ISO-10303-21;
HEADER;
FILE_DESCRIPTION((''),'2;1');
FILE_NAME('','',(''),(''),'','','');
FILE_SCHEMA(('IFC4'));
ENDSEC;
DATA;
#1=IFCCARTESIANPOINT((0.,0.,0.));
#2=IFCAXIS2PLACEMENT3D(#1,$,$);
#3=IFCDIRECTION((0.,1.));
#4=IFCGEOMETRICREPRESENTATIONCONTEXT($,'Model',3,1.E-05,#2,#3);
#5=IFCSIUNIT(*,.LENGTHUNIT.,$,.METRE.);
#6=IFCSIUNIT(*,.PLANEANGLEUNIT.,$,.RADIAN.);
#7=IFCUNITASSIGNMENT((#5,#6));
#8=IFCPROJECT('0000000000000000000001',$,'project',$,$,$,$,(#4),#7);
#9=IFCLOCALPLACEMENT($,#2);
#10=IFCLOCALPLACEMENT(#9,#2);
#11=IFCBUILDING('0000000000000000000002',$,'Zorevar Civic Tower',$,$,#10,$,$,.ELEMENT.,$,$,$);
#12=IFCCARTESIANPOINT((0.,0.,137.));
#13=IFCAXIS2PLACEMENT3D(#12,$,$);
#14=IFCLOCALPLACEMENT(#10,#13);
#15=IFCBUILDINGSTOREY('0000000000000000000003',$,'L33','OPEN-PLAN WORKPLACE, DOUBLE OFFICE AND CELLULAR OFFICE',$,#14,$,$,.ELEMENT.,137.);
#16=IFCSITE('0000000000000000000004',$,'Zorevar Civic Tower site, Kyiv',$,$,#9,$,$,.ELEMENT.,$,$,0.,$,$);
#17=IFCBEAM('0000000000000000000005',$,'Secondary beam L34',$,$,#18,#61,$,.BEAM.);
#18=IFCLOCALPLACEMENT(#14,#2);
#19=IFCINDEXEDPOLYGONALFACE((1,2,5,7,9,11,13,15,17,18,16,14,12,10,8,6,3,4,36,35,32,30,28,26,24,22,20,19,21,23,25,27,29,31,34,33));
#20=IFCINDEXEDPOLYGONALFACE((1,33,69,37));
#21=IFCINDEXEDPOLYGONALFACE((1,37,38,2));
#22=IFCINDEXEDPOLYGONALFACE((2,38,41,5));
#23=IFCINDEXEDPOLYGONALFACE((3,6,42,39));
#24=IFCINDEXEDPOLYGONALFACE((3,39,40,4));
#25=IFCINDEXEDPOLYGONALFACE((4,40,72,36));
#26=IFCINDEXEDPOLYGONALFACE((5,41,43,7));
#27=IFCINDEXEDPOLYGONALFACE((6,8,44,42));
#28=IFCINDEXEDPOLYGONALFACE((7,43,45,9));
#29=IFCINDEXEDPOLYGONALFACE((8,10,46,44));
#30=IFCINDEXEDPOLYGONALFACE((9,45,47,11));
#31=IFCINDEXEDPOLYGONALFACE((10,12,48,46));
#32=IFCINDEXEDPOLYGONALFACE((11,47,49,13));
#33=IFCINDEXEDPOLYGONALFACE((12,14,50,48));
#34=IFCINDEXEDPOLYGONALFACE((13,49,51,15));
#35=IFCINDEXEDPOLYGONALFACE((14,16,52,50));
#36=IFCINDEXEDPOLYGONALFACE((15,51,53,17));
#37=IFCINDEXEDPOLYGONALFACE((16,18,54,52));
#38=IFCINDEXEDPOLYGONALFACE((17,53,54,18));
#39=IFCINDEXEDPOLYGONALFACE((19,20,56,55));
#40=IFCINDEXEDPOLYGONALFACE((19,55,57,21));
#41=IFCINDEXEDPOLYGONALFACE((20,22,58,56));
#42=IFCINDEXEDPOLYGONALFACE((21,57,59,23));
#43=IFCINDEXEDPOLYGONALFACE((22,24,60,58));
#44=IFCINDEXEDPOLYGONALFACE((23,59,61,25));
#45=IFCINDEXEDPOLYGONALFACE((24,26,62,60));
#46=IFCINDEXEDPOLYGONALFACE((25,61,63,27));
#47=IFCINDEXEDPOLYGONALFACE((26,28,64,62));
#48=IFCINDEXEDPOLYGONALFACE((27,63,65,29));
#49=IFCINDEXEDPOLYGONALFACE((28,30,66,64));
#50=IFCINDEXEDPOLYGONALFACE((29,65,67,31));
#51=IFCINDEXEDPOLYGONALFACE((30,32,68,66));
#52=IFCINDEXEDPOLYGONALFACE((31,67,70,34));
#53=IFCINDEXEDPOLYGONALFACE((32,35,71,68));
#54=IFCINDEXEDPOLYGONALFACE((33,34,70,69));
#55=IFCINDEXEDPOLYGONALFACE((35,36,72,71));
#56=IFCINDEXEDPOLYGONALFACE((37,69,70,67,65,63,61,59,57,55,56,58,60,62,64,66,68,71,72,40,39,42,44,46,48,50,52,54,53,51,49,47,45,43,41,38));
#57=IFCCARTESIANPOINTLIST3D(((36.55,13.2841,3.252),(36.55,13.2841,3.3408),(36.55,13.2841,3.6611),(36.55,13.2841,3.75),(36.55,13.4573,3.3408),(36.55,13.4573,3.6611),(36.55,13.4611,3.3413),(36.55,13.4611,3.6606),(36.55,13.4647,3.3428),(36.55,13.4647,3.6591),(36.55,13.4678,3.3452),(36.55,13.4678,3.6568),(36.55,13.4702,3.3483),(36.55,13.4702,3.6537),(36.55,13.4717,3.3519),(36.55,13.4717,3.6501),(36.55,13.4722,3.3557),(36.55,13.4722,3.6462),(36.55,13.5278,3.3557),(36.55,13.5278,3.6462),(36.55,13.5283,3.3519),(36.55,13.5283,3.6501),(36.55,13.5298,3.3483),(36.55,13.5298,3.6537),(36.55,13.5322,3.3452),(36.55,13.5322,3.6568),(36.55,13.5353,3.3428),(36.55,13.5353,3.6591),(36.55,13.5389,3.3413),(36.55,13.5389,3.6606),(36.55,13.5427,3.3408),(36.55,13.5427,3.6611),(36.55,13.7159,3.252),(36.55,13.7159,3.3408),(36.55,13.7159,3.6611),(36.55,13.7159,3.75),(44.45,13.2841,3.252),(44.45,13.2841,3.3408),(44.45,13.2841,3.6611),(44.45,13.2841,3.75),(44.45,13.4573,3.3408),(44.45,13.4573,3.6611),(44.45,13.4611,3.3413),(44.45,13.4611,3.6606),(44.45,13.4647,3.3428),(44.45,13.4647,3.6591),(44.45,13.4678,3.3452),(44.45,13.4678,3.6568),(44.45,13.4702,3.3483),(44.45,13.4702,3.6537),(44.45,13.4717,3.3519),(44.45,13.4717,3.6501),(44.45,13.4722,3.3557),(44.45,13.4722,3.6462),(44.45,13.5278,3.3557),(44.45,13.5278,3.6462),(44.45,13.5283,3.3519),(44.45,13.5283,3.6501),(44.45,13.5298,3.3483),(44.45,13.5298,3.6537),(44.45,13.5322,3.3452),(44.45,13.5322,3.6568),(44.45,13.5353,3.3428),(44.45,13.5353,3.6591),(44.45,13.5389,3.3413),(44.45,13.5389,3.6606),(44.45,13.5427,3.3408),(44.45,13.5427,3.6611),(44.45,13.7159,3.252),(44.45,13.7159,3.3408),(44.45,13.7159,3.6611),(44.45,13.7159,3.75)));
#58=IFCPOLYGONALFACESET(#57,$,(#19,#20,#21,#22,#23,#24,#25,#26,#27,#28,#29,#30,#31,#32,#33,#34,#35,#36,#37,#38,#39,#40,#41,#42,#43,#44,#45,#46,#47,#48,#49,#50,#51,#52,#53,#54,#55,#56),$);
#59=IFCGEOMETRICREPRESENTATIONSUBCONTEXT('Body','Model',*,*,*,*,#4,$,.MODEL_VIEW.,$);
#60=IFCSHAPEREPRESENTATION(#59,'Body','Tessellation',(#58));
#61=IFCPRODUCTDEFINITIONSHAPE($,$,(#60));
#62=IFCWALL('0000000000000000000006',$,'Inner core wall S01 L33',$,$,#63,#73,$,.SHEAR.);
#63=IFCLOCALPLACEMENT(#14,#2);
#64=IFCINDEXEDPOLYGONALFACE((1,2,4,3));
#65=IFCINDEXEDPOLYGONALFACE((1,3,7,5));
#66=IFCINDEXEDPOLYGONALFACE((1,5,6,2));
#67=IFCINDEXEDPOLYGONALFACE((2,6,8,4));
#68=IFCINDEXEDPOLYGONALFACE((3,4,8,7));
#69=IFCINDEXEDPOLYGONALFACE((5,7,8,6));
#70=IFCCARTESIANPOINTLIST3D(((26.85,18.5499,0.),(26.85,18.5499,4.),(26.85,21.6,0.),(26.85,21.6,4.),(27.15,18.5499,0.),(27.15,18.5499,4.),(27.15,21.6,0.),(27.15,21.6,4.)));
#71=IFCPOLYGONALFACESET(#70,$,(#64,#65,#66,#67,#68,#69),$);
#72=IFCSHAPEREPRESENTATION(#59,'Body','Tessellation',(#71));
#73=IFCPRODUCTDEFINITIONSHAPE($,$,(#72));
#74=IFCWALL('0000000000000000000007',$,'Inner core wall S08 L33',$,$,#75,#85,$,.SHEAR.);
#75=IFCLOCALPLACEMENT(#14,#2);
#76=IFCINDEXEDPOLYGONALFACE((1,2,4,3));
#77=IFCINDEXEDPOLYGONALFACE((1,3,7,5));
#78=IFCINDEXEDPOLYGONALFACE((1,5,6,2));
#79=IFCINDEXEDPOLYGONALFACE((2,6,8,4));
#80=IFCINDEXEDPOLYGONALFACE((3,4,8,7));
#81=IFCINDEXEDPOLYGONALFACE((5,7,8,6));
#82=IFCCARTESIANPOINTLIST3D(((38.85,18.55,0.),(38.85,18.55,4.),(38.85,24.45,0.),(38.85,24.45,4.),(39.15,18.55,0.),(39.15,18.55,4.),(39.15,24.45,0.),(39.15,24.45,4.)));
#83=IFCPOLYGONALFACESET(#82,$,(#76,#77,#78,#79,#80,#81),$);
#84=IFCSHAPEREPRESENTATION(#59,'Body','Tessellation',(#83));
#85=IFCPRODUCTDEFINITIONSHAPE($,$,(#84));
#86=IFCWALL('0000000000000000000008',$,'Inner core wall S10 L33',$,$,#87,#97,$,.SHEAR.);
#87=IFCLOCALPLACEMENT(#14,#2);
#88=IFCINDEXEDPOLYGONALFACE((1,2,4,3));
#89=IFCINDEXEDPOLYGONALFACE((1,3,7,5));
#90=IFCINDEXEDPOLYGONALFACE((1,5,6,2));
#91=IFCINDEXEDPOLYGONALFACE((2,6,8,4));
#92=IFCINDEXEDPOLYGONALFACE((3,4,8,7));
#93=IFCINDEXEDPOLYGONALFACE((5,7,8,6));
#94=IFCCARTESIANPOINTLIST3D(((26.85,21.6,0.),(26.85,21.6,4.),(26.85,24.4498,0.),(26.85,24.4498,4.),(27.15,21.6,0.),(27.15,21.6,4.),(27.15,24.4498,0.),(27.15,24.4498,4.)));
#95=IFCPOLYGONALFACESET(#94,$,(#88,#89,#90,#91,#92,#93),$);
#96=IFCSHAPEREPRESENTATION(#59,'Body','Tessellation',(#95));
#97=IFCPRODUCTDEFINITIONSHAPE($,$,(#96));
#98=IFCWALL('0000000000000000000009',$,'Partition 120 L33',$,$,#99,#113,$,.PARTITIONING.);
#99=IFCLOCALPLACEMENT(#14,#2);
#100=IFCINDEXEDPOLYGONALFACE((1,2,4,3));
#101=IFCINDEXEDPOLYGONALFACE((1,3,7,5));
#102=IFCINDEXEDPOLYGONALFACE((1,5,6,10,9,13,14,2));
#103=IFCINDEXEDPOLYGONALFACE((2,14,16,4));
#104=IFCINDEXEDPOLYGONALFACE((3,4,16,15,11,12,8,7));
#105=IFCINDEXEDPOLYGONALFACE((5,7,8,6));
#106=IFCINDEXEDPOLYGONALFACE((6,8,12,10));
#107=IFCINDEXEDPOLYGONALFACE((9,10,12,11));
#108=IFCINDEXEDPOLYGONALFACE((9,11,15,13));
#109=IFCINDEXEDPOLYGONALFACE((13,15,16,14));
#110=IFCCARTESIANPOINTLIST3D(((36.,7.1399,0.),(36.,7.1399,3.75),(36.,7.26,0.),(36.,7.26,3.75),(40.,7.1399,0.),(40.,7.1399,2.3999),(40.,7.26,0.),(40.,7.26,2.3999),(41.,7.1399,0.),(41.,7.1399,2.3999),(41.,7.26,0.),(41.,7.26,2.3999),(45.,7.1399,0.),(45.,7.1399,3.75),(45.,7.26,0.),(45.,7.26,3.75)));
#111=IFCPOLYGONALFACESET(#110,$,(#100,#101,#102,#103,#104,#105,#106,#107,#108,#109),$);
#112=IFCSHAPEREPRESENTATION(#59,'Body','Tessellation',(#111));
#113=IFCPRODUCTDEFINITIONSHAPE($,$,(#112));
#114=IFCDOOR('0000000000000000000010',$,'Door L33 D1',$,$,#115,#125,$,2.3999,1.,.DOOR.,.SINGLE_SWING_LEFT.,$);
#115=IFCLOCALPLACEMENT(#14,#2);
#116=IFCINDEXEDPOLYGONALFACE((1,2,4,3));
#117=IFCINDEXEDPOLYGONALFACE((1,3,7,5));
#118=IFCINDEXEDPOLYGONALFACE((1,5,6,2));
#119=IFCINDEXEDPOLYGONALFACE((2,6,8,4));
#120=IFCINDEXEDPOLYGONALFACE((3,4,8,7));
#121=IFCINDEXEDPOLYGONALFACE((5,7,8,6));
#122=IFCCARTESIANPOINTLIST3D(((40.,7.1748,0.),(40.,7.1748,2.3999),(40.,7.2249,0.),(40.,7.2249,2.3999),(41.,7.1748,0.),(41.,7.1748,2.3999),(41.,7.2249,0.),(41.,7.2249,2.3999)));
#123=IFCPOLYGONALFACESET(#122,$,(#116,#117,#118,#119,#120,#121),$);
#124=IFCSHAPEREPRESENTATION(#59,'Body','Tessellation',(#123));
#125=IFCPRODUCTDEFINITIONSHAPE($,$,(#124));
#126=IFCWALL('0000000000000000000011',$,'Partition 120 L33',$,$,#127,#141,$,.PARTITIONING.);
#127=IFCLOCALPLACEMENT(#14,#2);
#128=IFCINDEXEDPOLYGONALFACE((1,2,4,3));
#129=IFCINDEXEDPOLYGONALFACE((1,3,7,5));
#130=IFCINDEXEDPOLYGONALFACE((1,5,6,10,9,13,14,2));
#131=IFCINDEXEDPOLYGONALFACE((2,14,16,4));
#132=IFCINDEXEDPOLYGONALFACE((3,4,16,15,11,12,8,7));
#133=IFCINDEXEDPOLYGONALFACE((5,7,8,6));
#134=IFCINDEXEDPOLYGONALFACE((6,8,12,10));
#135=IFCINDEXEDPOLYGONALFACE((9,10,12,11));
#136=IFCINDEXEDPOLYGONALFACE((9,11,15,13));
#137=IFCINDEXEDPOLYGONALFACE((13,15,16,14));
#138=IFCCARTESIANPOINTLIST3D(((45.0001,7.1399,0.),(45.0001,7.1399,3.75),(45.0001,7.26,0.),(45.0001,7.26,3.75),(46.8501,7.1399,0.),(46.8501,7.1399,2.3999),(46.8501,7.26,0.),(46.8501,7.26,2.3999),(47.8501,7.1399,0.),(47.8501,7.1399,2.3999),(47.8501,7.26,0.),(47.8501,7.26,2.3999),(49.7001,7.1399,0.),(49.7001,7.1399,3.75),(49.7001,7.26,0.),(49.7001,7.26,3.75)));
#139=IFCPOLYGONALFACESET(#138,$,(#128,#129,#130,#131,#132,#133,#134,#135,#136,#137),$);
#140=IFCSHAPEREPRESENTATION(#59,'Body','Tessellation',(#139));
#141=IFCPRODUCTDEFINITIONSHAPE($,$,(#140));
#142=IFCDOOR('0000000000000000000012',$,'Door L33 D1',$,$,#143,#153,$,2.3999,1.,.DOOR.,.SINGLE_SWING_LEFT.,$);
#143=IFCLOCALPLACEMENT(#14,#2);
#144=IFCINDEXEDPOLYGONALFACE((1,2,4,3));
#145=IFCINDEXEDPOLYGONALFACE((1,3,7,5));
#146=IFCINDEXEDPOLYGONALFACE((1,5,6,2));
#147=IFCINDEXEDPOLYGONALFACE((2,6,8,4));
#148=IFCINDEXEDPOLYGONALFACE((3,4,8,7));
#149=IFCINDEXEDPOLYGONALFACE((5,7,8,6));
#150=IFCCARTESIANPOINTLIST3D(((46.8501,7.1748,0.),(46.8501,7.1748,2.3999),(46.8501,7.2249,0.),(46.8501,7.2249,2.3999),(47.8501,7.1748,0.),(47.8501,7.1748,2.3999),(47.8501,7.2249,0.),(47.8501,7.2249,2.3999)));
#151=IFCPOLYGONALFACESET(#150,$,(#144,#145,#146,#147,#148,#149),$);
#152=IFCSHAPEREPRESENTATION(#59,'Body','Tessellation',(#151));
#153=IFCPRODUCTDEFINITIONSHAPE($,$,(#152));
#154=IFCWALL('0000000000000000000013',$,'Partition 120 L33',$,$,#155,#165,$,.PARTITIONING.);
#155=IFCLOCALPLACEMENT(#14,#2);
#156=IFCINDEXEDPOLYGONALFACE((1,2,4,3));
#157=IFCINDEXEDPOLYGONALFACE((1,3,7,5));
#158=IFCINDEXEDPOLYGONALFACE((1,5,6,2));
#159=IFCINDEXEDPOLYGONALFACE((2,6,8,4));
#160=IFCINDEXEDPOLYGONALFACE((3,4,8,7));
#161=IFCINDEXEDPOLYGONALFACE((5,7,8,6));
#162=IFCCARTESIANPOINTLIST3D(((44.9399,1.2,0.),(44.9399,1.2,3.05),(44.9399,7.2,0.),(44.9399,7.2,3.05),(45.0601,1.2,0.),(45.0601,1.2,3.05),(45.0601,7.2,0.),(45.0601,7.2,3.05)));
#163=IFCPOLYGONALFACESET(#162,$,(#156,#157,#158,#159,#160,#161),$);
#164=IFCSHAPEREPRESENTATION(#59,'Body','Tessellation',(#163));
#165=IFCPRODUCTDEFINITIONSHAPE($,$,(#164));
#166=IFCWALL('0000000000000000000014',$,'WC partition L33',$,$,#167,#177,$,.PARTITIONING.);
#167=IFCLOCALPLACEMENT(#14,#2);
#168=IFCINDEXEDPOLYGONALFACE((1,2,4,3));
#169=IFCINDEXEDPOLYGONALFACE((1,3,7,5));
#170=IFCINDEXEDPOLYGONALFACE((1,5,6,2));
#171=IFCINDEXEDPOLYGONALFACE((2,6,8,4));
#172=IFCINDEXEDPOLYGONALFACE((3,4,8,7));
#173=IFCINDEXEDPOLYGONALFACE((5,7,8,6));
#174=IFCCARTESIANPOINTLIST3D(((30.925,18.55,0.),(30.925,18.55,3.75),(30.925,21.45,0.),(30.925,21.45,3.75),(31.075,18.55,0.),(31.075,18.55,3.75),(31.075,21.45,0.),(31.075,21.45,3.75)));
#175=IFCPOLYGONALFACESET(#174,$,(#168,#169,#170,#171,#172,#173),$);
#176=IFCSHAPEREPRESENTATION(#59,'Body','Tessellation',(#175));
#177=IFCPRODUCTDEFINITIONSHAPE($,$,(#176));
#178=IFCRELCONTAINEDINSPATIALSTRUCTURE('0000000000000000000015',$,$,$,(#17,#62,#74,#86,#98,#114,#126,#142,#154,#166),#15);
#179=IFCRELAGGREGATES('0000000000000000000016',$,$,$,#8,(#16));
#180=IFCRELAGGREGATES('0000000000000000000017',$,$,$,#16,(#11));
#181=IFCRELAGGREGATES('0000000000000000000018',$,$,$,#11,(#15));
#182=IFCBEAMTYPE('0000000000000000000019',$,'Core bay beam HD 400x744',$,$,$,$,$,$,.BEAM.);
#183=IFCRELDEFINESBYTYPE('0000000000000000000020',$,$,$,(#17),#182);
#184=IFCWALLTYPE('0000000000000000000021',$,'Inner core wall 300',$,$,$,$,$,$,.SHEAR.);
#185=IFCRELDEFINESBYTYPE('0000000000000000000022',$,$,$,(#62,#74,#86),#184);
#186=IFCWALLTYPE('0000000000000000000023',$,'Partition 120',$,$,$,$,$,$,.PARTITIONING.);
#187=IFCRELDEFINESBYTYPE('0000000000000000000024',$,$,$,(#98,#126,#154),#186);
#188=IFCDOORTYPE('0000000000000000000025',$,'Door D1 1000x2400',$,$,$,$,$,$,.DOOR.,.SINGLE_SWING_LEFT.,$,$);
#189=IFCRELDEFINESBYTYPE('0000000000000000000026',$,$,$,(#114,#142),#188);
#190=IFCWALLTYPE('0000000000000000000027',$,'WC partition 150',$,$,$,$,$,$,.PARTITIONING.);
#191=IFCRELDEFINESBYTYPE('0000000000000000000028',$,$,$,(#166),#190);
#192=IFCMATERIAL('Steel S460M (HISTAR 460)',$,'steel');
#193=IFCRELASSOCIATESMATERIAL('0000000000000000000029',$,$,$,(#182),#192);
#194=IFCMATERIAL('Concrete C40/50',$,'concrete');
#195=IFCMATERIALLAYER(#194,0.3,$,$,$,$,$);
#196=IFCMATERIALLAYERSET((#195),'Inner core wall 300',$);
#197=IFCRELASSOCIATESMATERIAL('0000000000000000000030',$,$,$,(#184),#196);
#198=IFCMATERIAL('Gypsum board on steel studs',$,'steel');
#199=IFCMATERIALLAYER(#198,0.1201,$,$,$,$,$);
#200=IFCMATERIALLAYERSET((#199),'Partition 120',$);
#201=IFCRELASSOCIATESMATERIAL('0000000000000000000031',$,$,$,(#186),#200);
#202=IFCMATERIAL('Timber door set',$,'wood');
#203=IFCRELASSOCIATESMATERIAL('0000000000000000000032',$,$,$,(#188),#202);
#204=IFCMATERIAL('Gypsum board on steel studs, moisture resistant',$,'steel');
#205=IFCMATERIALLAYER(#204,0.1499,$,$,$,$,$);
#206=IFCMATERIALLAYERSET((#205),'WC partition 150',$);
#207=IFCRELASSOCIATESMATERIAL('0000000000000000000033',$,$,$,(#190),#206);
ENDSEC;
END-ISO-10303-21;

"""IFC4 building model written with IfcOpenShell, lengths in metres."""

from ifc_helpers import new_model, si_unit, direction, frame, frame_2d, origin, origin_2d, place, context, subcontext, project, spatial, rectangle, i_section, extrude, material, layer, layer_set, material_profile, profile_set, type_object, element, fill, save


model = new_model("IFC4")

# Units and contexts
model_context = context("Model", 3, precision=1e-05, world=origin(), true_north=direction((0.0, 1.0)))
body_context = subcontext(model_context, "Body", "Model", "MODEL_VIEW")
ifc_project = project(units=[si_unit("LENGTHUNIT", "METRE"), si_unit("PLANEANGLEUNIT", "RADIAN")], contexts=[model_context])

# Site, building, storey
site_placement = place(None, origin())
site = spatial("IfcSite", under=ifc_project, at=site_placement, Name="Zorevar Civic Tower site, Kyiv", CompositionType="ELEMENT", RefElevation=0.0)
building_placement = place(site_placement, origin())
building = spatial("IfcBuilding", under=site, at=building_placement, Name="Zorevar Civic Tower", CompositionType="ELEMENT")
storey_placement = place(building_placement, frame((0.0, 0.0, 137.0)))
storey = spatial("IfcBuildingStorey", under=building, at=storey_placement, Name="L33", Description="OPEN-PLAN WORKPLACE, DOUBLE OFFICE AND CELLULAR OFFICE", CompositionType="ELEMENT", Elevation=137.0)

# Beam
ifc_material_1 = material(Name="Steel S460M (HISTAR 460)", Category="steel")
ifc_material_profile_1 = material_profile(ifc_material_1, i_section(OverallWidth=0.4319, OverallDepth=0.498, WebThickness=0.0557, FlangeThickness=0.0889, FilletRadius=0.0149, at=origin_2d()), Name="HD 400x744")
ifc_profile_set_1 = profile_set([ifc_material_profile_1], Name="Steel S460M (HISTAR 460)")
beam_type_1 = type_object("IfcBeamType", Name="Core bay beam HD 400x744", PredefinedType="BEAM", material=ifc_profile_set_1)
for number, where, z_axis, x_axis, name in (
    (1, (36.55, 13.5, 3.501), (1.0, 0.0, 0.0), (0.0, 1.0, 0.0), "Secondary beam L34"),
):
    element("IfcBeam", number, at=place(storey_placement, frame(where, z_axis=z_axis, x_axis=x_axis)), inside=storey, type_object=beam_type_1, Name=name, PredefinedType="BEAM", context=body_context, shape_type="SweptSolid", body=[
        extrude(i_section(OverallWidth=0.4319, OverallDepth=0.498, WebThickness=0.0557, FlangeThickness=0.0889, FilletRadius=0.0149, at=origin_2d()), origin(), (0.0, 0.0, 1.0), 7.8999),
    ])

# Walls
ifc_material_2 = material(Name="Concrete C40/50", Category="concrete")
ifc_layer_1 = layer(ifc_material_2, 0.3)
ifc_layer_set_1 = layer_set([ifc_layer_1], Name="Inner core wall 300")
wall_type_1 = type_object("IfcWallType", Name="Inner core wall 300", PredefinedType="SHEAR", material=ifc_layer_set_1)
wall_1_placement = place(storey_placement, frame((27.0, 18.55, 0.0), z_axis=(0.0, 0.0, 1.0), x_axis=(0.0, 1.0, 0.0)))
element("IfcWall", 2, at=wall_1_placement, inside=storey, type_object=wall_type_1, Name="Inner core wall S01 L33", PredefinedType="SHEAR", context=body_context, shape_type="SweptSolid", body=[
    extrude(rectangle(XDim=3.05, YDim=0.3, at=frame_2d((1.5249, 0.0))), origin(), (0.0, 0.0, 1.0), 4.0),
])
wall_2_placement = place(storey_placement, frame((39.0, 18.55, 0.0), z_axis=(0.0, 0.0, 1.0), x_axis=(0.0, 1.0, 0.0)))
element("IfcWall", 3, at=wall_2_placement, inside=storey, type_object=wall_type_1, Name="Inner core wall S08 L33", PredefinedType="SHEAR", context=body_context, shape_type="SweptSolid", body=[
    extrude(rectangle(XDim=5.8999, YDim=0.3, at=frame_2d((2.95, 0.0))), origin(), (0.0, 0.0, 1.0), 4.0),
])
wall_3_placement = place(storey_placement, frame((27.0, 21.6001, 0.0), z_axis=(0.0, 0.0, 1.0), x_axis=(0.0, 1.0, 0.0)))
element("IfcWall", 4, at=wall_3_placement, inside=storey, type_object=wall_type_1, Name="Inner core wall S10 L33", PredefinedType="SHEAR", context=body_context, shape_type="SweptSolid", body=[
    extrude(rectangle(XDim=2.8499, YDim=0.3, at=frame_2d((1.4248, 0.0))), origin(), (0.0, 0.0, 1.0), 4.0),
])

# Walls, openings, doors
ifc_material_3 = material(Name="Gypsum board on steel studs", Category="steel")
ifc_layer_2 = layer(ifc_material_3, 0.1201)
ifc_layer_set_2 = layer_set([ifc_layer_2], Name="Partition 120")
wall_type_2 = type_object("IfcWallType", Name="Partition 120", PredefinedType="PARTITIONING", material=ifc_layer_set_2)
wall_4_placement = place(storey_placement, frame((36.0, 7.2, 0.0), z_axis=(0.0, 0.0, 1.0), x_axis=(1.0, 0.0, 0.0)))
wall_4 = element("IfcWall", 5, at=wall_4_placement, inside=storey, type_object=wall_type_2, Name="Partition 120 L33", PredefinedType="PARTITIONING", context=body_context, shape_type="SweptSolid", body=[
    extrude(rectangle(XDim=9.0, YDim=0.1201, at=frame_2d((4.5, 0.0))), origin(), (0.0, 0.0, 1.0), 3.75),
])
opening_1_placement = place(wall_4_placement, frame((4.0, 0.0, 0.0)))
opening_1 = element("IfcOpeningElement", 6, at=opening_1_placement, cuts=wall_4, PredefinedType="OPENING", context=body_context, shape_type="SweptSolid", body=[
    extrude(rectangle(XDim=1.0, YDim=2.3999, at=frame_2d((0.5, 1.2))), frame((0.0, 0.0701, 0.0), z_axis=(0.0, -1.0, 0.0), x_axis=(1.0, 0.0, 0.0)), (0.0, 0.0, 1.0), 0.1401),
])
ifc_material_4 = material(Name="Timber door set", Category="wood")
door_type = type_object("IfcDoorType", Name="Door D1 1000x2400", OperationType="SINGLE_SWING_LEFT", PredefinedType="DOOR", material=ifc_material_4)
door_1_placement = place(opening_1_placement, origin())
door_1 = element("IfcDoor", 7, at=door_1_placement, inside=storey, type_object=door_type, Name="Door L33 D1", OperationType="SINGLE_SWING_LEFT", OverallHeight=2.3999, OverallWidth=1.0, PredefinedType="DOOR", context=body_context, shape_type="SweptSolid", body=[
    extrude(rectangle(XDim=1.0, YDim=2.3999, at=frame_2d((0.5, 1.2))), frame((0.0, 0.0249, 0.0), z_axis=(0.0, -1.0, 0.0), x_axis=(1.0, 0.0, 0.0)), (0.0, 0.0, 1.0), 0.05),
])
fill(opening_1, door_1)
wall_5_placement = place(storey_placement, frame((45.0, 7.2, 0.0), z_axis=(0.0, 0.0, 1.0), x_axis=(1.0, 0.0, 0.0)))
wall_5 = element("IfcWall", 8, at=wall_5_placement, inside=storey, type_object=wall_type_2, Name="Partition 120 L33", PredefinedType="PARTITIONING", context=body_context, shape_type="SweptSolid", body=[
    extrude(rectangle(XDim=4.7, YDim=0.1201, at=frame_2d((2.3501, 0.0))), origin(), (0.0, 0.0, 1.0), 3.75),
])
opening_2_placement = place(wall_5_placement, frame((1.8501, 0.0, 0.0)))
opening_2 = element("IfcOpeningElement", 9, at=opening_2_placement, cuts=wall_5, PredefinedType="OPENING", context=body_context, shape_type="SweptSolid", body=[
    extrude(rectangle(XDim=1.0, YDim=2.3999, at=frame_2d((0.5, 1.2))), frame((0.0, 0.0701, 0.0), z_axis=(0.0, -1.0, 0.0), x_axis=(1.0, 0.0, 0.0)), (0.0, 0.0, 1.0), 0.1401),
])
door_2_placement = place(opening_2_placement, origin())
door_2 = element("IfcDoor", 10, at=door_2_placement, inside=storey, type_object=door_type, Name="Door L33 D1", OperationType="SINGLE_SWING_LEFT", OverallHeight=2.3999, OverallWidth=1.0, PredefinedType="DOOR", context=body_context, shape_type="SweptSolid", body=[
    extrude(rectangle(XDim=1.0, YDim=2.3999, at=frame_2d((0.5, 1.2))), frame((0.0, 0.0249, 0.0), z_axis=(0.0, -1.0, 0.0), x_axis=(1.0, 0.0, 0.0)), (0.0, 0.0, 1.0), 0.05),
])
fill(opening_2, door_2)

# Walls
wall_6_placement = place(storey_placement, frame((45.0, 1.2, 0.0), z_axis=(0.0, 0.0, 1.0), x_axis=(0.0, 1.0, 0.0)))
element("IfcWall", 11, at=wall_6_placement, inside=storey, type_object=wall_type_2, Name="Partition 120 L33", PredefinedType="PARTITIONING", context=body_context, shape_type="SweptSolid", body=[
    extrude(rectangle(XDim=6.0, YDim=0.1201, at=frame_2d((3.0, 0.0))), origin(), (0.0, 0.0, 1.0), 3.05),
])
ifc_material_5 = material(Name="Gypsum board on steel studs, moisture resistant", Category="steel")
ifc_layer_3 = layer(ifc_material_5, 0.1499)
ifc_layer_set_3 = layer_set([ifc_layer_3], Name="WC partition 150")
wall_type_3 = type_object("IfcWallType", Name="WC partition 150", PredefinedType="PARTITIONING", material=ifc_layer_set_3)
for number, where, z_axis, x_axis, name in (
    (12, (31.0, 18.55, 0.0), (0.0, 0.0, 1.0), (0.0, 1.0, 0.0), "WC partition L33"),
):
    element("IfcWall", number, at=place(storey_placement, frame(where, z_axis=z_axis, x_axis=x_axis)), inside=storey, type_object=wall_type_3, Name=name, PredefinedType="PARTITIONING", context=body_context, shape_type="SweptSolid", body=[
        extrude(rectangle(XDim=2.8999, YDim=0.1499, at=frame_2d((1.45, 0.0))), origin(), (0.0, 0.0, 1.0), 3.75),
    ])

save(model, "model.ifc")
